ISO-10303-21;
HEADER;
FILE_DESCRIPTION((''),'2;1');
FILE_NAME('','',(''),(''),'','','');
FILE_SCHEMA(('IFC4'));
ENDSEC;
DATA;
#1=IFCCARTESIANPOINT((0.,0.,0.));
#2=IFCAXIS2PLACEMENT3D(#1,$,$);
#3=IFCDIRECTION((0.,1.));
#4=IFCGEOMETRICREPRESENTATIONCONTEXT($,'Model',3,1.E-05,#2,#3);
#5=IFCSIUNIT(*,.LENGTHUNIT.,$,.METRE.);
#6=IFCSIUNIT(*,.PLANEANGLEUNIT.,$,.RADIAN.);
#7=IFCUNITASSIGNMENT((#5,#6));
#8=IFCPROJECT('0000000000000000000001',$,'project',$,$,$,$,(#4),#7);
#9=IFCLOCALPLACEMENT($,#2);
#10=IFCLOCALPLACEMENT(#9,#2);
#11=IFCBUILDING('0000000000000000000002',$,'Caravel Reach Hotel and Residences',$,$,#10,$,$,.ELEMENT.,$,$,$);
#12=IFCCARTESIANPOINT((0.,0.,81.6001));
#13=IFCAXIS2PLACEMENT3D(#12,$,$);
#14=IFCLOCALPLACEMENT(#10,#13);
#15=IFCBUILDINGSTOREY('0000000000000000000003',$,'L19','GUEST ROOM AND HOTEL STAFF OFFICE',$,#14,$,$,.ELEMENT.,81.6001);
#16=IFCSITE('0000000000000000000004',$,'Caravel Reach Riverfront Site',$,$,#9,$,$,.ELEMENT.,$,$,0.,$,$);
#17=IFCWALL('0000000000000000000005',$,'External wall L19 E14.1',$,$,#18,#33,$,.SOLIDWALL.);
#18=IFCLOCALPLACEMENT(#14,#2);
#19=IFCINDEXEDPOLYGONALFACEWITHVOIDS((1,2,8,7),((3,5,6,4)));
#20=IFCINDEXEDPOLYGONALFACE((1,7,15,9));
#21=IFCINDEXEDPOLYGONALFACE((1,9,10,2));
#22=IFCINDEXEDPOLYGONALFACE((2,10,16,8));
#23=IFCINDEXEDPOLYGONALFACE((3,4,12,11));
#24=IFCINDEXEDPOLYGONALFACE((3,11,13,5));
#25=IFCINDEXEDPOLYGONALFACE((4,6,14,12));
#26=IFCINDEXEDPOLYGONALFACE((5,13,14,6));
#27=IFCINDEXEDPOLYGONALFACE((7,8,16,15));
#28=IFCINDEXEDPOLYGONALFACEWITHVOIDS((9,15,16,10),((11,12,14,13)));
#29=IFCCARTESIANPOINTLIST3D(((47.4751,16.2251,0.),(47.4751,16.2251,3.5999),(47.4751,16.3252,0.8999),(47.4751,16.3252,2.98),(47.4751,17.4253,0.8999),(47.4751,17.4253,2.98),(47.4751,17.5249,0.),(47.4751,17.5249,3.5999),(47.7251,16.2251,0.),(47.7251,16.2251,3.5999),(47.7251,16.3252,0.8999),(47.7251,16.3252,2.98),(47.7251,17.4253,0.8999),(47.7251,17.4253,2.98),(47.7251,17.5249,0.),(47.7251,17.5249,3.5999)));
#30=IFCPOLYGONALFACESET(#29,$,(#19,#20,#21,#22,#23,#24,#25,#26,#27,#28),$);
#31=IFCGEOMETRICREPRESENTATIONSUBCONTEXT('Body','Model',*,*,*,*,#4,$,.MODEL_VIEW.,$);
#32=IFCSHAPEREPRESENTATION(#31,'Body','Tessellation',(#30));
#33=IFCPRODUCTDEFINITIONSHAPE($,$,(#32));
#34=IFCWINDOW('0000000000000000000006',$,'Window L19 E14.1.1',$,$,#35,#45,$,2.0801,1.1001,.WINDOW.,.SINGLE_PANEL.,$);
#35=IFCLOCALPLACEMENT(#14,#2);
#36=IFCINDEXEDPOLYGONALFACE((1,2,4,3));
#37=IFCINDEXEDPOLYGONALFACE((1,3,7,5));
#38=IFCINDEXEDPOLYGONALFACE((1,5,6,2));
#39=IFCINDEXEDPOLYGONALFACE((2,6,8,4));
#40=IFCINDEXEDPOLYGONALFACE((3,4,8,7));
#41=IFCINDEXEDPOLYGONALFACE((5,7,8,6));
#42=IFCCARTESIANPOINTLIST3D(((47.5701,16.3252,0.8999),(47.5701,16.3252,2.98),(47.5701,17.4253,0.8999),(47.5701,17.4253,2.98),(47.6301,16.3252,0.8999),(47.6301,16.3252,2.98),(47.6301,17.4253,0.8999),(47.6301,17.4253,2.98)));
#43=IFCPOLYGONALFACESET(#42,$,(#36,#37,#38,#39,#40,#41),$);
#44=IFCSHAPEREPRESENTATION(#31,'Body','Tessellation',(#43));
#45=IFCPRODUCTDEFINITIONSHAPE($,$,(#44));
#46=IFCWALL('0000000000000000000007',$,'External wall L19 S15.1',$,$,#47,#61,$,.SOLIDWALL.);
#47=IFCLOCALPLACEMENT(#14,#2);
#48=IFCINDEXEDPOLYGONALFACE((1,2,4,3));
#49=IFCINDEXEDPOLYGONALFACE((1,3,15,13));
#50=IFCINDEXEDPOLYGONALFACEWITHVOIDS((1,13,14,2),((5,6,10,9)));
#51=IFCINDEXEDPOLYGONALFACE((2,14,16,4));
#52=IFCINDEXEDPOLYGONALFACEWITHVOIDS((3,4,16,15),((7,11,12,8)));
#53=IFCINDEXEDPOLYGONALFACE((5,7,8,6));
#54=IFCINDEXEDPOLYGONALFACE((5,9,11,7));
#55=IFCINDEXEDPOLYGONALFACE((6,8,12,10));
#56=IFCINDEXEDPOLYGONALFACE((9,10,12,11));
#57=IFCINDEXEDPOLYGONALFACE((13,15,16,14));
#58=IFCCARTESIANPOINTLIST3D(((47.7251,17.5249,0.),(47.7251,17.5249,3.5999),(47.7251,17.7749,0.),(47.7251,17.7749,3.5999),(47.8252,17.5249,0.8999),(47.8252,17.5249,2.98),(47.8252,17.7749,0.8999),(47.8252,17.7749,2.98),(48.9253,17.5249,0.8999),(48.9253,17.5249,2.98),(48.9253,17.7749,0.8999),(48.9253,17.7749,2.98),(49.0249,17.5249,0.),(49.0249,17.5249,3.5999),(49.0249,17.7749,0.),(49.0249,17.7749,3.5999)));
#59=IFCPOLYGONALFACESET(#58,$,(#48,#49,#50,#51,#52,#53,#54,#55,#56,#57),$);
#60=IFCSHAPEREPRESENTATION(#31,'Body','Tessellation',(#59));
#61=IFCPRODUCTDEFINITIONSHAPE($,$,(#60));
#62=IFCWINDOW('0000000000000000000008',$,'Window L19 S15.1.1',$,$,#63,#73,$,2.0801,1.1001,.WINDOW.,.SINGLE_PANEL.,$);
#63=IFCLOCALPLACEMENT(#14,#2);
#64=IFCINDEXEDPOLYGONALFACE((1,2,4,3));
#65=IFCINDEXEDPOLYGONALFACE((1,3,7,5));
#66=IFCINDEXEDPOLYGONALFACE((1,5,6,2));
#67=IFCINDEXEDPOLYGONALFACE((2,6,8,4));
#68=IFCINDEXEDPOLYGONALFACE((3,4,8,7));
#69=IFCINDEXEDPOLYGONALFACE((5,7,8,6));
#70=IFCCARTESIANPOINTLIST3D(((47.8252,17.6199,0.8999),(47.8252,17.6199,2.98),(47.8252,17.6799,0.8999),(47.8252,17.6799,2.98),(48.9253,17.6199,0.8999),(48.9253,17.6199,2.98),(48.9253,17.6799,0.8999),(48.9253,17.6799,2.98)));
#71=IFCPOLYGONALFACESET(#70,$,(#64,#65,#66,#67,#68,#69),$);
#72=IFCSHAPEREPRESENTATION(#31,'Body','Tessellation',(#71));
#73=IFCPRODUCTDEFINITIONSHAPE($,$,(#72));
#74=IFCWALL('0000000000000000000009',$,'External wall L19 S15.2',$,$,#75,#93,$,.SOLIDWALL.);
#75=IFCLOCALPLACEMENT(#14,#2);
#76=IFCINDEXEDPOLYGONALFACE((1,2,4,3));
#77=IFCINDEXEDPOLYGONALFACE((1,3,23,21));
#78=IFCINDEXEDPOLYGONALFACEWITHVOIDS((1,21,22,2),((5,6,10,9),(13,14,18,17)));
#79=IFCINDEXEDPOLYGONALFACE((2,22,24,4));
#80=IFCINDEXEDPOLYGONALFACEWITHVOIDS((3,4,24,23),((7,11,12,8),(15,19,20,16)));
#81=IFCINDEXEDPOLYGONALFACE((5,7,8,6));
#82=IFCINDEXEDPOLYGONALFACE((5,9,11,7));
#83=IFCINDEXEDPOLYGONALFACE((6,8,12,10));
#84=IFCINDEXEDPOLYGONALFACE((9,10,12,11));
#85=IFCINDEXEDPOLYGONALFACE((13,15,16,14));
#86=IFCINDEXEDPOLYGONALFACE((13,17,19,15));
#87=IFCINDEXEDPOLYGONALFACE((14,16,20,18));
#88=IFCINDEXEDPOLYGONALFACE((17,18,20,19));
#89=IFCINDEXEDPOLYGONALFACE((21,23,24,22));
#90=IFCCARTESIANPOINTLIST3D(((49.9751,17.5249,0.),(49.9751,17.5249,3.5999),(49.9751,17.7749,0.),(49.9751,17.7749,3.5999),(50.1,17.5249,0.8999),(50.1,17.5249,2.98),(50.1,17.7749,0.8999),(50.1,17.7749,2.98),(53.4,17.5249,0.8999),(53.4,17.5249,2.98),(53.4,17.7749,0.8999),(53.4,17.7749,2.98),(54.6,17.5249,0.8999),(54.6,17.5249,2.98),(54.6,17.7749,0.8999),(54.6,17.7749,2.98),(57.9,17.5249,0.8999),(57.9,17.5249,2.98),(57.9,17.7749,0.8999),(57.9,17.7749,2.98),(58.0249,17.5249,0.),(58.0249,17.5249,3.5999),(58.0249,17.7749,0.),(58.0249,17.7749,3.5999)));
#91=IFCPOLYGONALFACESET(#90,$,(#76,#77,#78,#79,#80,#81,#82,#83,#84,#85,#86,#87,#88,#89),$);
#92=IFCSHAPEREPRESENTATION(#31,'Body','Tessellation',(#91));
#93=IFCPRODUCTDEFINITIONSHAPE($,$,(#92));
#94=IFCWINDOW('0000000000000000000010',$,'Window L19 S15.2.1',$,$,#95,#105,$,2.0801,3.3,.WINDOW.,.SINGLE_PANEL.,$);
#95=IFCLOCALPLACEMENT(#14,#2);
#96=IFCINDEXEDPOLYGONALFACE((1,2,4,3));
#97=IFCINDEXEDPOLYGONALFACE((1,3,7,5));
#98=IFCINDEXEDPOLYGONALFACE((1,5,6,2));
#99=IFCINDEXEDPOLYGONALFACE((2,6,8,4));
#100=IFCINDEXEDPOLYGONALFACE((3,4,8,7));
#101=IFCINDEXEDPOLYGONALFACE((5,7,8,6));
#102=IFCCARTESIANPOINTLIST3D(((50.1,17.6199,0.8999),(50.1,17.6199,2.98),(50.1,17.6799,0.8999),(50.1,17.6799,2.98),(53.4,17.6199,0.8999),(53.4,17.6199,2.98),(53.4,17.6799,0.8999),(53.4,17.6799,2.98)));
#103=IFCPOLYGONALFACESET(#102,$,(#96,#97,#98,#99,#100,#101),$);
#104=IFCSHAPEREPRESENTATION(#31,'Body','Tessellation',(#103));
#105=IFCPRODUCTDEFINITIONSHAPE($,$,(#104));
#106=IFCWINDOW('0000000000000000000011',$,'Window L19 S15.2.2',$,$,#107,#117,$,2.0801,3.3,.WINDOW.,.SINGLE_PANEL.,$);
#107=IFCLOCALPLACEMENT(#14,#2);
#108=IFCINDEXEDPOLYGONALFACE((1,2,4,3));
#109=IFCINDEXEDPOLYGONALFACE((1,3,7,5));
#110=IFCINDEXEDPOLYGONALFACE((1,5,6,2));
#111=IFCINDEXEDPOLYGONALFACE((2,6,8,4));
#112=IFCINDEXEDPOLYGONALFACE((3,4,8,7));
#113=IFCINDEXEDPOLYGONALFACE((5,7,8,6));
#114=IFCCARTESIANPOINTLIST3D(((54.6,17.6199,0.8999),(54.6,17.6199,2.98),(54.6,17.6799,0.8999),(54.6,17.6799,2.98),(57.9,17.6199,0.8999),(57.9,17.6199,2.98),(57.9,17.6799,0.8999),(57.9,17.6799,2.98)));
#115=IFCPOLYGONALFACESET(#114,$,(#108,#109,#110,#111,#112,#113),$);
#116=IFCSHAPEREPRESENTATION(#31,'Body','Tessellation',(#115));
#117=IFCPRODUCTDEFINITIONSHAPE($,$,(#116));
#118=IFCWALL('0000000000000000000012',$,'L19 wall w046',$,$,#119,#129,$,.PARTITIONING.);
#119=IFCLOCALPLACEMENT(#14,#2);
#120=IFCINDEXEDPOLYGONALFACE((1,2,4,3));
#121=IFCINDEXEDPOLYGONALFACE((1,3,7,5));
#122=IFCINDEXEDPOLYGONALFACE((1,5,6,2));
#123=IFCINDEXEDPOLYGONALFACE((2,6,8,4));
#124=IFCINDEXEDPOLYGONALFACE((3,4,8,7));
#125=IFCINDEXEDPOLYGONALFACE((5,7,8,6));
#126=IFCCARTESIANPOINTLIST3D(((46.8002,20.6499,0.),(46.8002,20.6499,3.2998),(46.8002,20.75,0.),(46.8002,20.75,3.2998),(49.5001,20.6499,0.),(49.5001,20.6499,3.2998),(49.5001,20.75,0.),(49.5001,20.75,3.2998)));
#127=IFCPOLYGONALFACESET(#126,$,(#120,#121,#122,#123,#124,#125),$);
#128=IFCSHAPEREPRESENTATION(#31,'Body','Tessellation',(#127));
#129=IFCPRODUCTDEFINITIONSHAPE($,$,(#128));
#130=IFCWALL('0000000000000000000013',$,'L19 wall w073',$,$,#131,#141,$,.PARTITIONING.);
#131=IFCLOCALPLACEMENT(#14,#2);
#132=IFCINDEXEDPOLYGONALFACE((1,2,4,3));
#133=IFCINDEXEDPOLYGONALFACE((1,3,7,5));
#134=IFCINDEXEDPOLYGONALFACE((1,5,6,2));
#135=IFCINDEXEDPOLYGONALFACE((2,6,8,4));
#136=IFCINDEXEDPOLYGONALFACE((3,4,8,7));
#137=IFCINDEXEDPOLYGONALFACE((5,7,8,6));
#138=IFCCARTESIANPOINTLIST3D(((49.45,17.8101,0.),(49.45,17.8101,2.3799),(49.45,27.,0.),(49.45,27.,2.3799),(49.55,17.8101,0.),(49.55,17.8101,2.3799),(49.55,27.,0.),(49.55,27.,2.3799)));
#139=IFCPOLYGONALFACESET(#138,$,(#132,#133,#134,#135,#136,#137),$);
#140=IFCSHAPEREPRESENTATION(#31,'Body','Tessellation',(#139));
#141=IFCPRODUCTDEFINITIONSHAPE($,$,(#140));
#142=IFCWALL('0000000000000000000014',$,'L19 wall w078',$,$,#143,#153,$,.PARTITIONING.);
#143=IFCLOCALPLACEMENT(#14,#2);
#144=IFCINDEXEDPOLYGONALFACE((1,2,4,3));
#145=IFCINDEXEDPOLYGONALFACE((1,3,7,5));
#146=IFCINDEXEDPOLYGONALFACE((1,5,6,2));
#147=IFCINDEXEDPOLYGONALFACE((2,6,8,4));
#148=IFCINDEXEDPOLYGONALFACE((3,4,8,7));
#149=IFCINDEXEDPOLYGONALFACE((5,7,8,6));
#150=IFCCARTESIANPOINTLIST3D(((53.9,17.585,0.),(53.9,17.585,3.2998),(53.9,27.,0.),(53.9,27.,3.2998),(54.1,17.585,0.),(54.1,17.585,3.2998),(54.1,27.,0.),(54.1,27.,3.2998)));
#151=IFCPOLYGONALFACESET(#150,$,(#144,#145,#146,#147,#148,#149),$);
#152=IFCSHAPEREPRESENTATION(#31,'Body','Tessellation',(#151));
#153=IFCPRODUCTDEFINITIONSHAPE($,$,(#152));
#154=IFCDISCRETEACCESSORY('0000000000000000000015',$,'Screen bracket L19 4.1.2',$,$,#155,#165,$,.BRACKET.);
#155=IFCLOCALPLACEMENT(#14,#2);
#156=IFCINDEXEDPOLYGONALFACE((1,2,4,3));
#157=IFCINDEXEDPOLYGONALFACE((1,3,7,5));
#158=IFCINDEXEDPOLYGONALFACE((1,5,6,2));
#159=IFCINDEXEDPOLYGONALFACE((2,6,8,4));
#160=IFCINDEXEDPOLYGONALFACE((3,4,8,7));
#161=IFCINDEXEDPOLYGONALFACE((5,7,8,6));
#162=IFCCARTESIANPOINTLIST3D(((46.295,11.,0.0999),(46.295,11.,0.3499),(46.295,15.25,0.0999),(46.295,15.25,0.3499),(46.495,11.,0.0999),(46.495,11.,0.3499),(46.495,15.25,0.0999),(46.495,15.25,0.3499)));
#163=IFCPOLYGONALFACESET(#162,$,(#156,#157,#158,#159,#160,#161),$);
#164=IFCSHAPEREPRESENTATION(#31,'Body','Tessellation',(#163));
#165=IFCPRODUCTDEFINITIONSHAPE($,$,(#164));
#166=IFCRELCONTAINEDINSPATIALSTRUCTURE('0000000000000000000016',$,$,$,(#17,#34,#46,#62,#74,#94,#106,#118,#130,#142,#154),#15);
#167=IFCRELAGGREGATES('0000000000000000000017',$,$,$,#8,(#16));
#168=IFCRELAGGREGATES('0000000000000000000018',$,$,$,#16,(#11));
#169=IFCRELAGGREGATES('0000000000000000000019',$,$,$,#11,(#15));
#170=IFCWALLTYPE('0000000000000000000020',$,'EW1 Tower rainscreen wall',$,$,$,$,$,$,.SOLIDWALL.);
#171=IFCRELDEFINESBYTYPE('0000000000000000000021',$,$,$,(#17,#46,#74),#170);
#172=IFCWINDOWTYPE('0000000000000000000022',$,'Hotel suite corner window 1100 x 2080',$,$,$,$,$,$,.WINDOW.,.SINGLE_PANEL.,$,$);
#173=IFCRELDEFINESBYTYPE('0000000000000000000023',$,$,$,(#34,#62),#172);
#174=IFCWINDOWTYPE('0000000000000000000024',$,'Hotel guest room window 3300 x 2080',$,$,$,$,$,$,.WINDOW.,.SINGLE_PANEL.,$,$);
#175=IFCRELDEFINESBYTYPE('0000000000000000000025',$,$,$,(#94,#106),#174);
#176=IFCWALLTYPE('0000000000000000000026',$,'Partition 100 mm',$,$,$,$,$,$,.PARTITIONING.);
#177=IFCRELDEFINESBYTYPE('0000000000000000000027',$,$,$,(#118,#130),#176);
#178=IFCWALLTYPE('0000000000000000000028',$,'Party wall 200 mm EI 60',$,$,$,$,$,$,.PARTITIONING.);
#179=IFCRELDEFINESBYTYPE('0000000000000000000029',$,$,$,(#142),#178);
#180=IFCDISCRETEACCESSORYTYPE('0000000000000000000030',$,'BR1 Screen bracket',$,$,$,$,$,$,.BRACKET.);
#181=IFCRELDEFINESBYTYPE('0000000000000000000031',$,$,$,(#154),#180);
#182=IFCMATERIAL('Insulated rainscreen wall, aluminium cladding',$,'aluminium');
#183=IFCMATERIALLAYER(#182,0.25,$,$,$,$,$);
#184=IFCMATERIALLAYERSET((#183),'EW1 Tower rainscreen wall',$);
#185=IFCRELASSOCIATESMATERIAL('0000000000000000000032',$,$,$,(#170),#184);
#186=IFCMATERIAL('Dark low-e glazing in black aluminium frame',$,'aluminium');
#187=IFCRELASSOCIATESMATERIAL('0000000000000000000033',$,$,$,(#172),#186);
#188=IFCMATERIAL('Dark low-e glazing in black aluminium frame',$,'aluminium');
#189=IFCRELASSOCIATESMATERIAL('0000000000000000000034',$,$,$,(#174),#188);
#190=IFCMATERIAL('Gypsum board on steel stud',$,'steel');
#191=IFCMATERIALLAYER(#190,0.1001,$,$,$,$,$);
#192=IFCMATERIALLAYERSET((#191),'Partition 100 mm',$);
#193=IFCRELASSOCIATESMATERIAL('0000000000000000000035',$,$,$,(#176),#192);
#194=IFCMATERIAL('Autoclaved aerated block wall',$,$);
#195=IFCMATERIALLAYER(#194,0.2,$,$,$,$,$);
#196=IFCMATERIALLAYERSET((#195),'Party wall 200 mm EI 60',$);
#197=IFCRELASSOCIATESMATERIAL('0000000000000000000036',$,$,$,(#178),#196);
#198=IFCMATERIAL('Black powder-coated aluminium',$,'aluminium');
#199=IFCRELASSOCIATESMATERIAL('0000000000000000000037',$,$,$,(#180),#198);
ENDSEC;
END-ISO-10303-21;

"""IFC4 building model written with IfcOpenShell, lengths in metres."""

from ifc_helpers import new_model, si_unit, direction, frame, frame_2d, origin, origin_2d, place, context, subcontext, project, spatial, rectangle, extrude, material, layer, layer_set, type_object, element, fill, save


model = new_model("IFC4")

# Units and contexts
model_context = context("Model", 3, precision=1e-05, world=origin(), true_north=direction((0.0, 1.0)))
body_context = subcontext(model_context, "Body", "Model", "MODEL_VIEW")
ifc_project = project(units=[si_unit("LENGTHUNIT", "METRE"), si_unit("PLANEANGLEUNIT", "RADIAN")], contexts=[model_context])

# Site, building, storey
site_placement = place(None, origin())
site = spatial("IfcSite", under=ifc_project, at=site_placement, Name="Caravel Reach Riverfront Site", CompositionType="ELEMENT", RefElevation=0.0)
building_placement = place(site_placement, origin())
building = spatial("IfcBuilding", under=site, at=building_placement, Name="Caravel Reach Hotel and Residences", CompositionType="ELEMENT")
storey_placement = place(building_placement, frame((0.0, 0.0, 81.6001)))
storey = spatial("IfcBuildingStorey", under=building, at=storey_placement, Name="L19", Description="GUEST ROOM AND HOTEL STAFF OFFICE", CompositionType="ELEMENT", Elevation=81.6001)

# Walls, openings, windows
ifc_material_1 = material(Name="Insulated rainscreen wall, aluminium cladding", Category="aluminium")
ifc_layer_1 = layer(ifc_material_1, 0.25)
ifc_layer_set_1 = layer_set([ifc_layer_1], Name="EW1 Tower rainscreen wall")
wall_type_1 = type_object("IfcWallType", Name="EW1 Tower rainscreen wall", PredefinedType="SOLIDWALL", material=ifc_layer_set_1)
ifc_material_2 = material(Name="Dark low-e glazing in black aluminium frame", Category="aluminium")
window_type_1 = type_object("IfcWindowType", Name="Hotel suite corner window 1100 x 2080", PartitioningType="SINGLE_PANEL", PredefinedType="WINDOW", material=ifc_material_2)
wall_1_placement = place(storey_placement, frame((47.6001, 16.2251, 0.0), z_axis=(0.0, 0.0, 1.0), x_axis=(0.0, 1.0, 0.0)))
wall_1 = element("IfcWall", 1, at=wall_1_placement, inside=storey, type_object=wall_type_1, Name="External wall L19 E14.1", PredefinedType="SOLIDWALL", context=body_context, shape_type="SweptSolid", body=[
    extrude(rectangle(XDim=1.2998, YDim=0.25, at=frame_2d((0.6499, 0.0))), origin(), (0.0, 0.0, 1.0), 3.5999),
])
opening_1_placement = place(wall_1_placement, frame((0.1001, 0.0, 0.8999)))
opening_1 = element("IfcOpeningElement", 2, at=opening_1_placement, cuts=wall_1, PredefinedType="OPENING", context=body_context, shape_type="SweptSolid", body=[
    extrude(rectangle(XDim=1.1001, YDim=2.0801, at=frame_2d((0.55, 1.04))), frame((0.0, 0.135, 0.0), z_axis=(0.0, -1.0, 0.0), x_axis=(1.0, 0.0, 0.0)), (0.0, 0.0, 1.0), 0.27),
])
window_1_placement = place(opening_1_placement, origin())
window_1 = element("IfcWindow", 3, at=window_1_placement, inside=storey, type_object=window_type_1, Name="Window L19 E14.1.1", OverallHeight=2.0801, OverallWidth=1.1001, PartitioningType="SINGLE_PANEL", PredefinedType="WINDOW", context=body_context, shape_type="SweptSolid", body=[
    extrude(rectangle(XDim=1.1001, YDim=2.0801, at=frame_2d((0.55, 1.04))), frame((0.0, 0.03, 0.0), z_axis=(0.0, -1.0, 0.0), x_axis=(1.0, 0.0, 0.0)), (0.0, 0.0, 1.0), 0.0601),
])
fill(opening_1, window_1)
wall_2_placement = place(storey_placement, frame((47.7251, 17.6499, 0.0), z_axis=(0.0, 0.0, 1.0), x_axis=(1.0, 0.0, 0.0)))
wall_2 = element("IfcWall", 4, at=wall_2_placement, inside=storey, type_object=wall_type_1, Name="External wall L19 S15.1", PredefinedType="SOLIDWALL", context=body_context, shape_type="SweptSolid", body=[
    extrude(rectangle(XDim=1.2998, YDim=0.25, at=frame_2d((0.6499, 0.0))), origin(), (0.0, 0.0, 1.0), 3.5999),
])
opening_2_placement = place(wall_2_placement, frame((0.1001, 0.0, 0.8999)))
opening_2 = element("IfcOpeningElement", 5, at=opening_2_placement, cuts=wall_2, PredefinedType="OPENING", context=body_context, shape_type="SweptSolid", body=[
    extrude(rectangle(XDim=1.1001, YDim=2.0801, at=frame_2d((0.55, 1.04))), frame((0.0, 0.135, 0.0), z_axis=(0.0, -1.0, 0.0), x_axis=(1.0, 0.0, 0.0)), (0.0, 0.0, 1.0), 0.27),
])
window_2_placement = place(opening_2_placement, origin())
window_2 = element("IfcWindow", 6, at=window_2_placement, inside=storey, type_object=window_type_1, Name="Window L19 S15.1.1", OverallHeight=2.0801, OverallWidth=1.1001, PartitioningType="SINGLE_PANEL", PredefinedType="WINDOW", context=body_context, shape_type="SweptSolid", body=[
    extrude(rectangle(XDim=1.1001, YDim=2.0801, at=frame_2d((0.55, 1.04))), frame((0.0, 0.03, 0.0), z_axis=(0.0, -1.0, 0.0), x_axis=(1.0, 0.0, 0.0)), (0.0, 0.0, 1.0), 0.0601),
])
fill(opening_2, window_2)

# Wall, openings, windows
wall_3_placement = place(storey_placement, frame((49.9751, 17.6499, 0.0), z_axis=(0.0, 0.0, 1.0), x_axis=(1.0, 0.0, 0.0)))
wall_3 = element("IfcWall", 7, at=wall_3_placement, inside=storey, type_object=wall_type_1, Name="External wall L19 S15.2", PredefinedType="SOLIDWALL", context=body_context, shape_type="SweptSolid", body=[
    extrude(rectangle(XDim=8.0498, YDim=0.25, at=frame_2d((4.0249, 0.0))), origin(), (0.0, 0.0, 1.0), 3.5999),
])
opening_3_placement = place(wall_3_placement, frame((0.125, 0.0, 0.8999)))
opening_3 = element("IfcOpeningElement", 8, at=opening_3_placement, cuts=wall_3, PredefinedType="OPENING", context=body_context, shape_type="SweptSolid", body=[
    extrude(rectangle(XDim=3.3, YDim=2.0801, at=frame_2d((1.6499, 1.04))), frame((0.0, 0.135, 0.0), z_axis=(0.0, -1.0, 0.0), x_axis=(1.0, 0.0, 0.0)), (0.0, 0.0, 1.0), 0.27),
])
opening_4_placement = place(wall_3_placement, frame((4.625, 0.0, 0.8999)))
opening_4 = element("IfcOpeningElement", 9, at=opening_4_placement, cuts=wall_3, PredefinedType="OPENING", context=body_context, shape_type="SweptSolid", body=[
    extrude(rectangle(XDim=3.3, YDim=2.0801, at=frame_2d((1.6499, 1.04))), frame((0.0, 0.135, 0.0), z_axis=(0.0, -1.0, 0.0), x_axis=(1.0, 0.0, 0.0)), (0.0, 0.0, 1.0), 0.27),
])
ifc_material_3 = material(Name="Dark low-e glazing in black aluminium frame", Category="aluminium")
window_type_2 = type_object("IfcWindowType", Name="Hotel guest room window 3300 x 2080", PartitioningType="SINGLE_PANEL", PredefinedType="WINDOW", material=ifc_material_3)
window_3_placement = place(opening_3_placement, origin())
window_3 = element("IfcWindow", 10, at=window_3_placement, inside=storey, type_object=window_type_2, Name="Window L19 S15.2.1", OverallHeight=2.0801, OverallWidth=3.3, PartitioningType="SINGLE_PANEL", PredefinedType="WINDOW", context=body_context, shape_type="SweptSolid", body=[
    extrude(rectangle(XDim=3.3, YDim=2.0801, at=frame_2d((1.6499, 1.04))), frame((0.0, 0.03, 0.0), z_axis=(0.0, -1.0, 0.0), x_axis=(1.0, 0.0, 0.0)), (0.0, 0.0, 1.0), 0.0601),
])
fill(opening_3, window_3)
window_4_placement = place(opening_4_placement, origin())
window_4 = element("IfcWindow", 11, at=window_4_placement, inside=storey, type_object=window_type_2, Name="Window L19 S15.2.2", OverallHeight=2.0801, OverallWidth=3.3, PartitioningType="SINGLE_PANEL", PredefinedType="WINDOW", context=body_context, shape_type="SweptSolid", body=[
    extrude(rectangle(XDim=3.3, YDim=2.0801, at=frame_2d((1.6499, 1.04))), frame((0.0, 0.03, 0.0), z_axis=(0.0, -1.0, 0.0), x_axis=(1.0, 0.0, 0.0)), (0.0, 0.0, 1.0), 0.0601),
])
fill(opening_4, window_4)

# Walls
ifc_material_4 = material(Name="Gypsum board on steel stud", Category="steel")
ifc_layer_2 = layer(ifc_material_4, 0.1001)
ifc_layer_set_2 = layer_set([ifc_layer_2], Name="Partition 100 mm")
wall_type_2 = type_object("IfcWallType", Name="Partition 100 mm", PredefinedType="PARTITIONING", material=ifc_layer_set_2)
wall_4_placement = place(storey_placement, frame((46.8, 20.7, 0.0), z_axis=(0.0, 0.0, 1.0), x_axis=(1.0, 0.0, 0.0)))
element("IfcWall", 12, at=wall_4_placement, inside=storey, type_object=wall_type_2, Name="L19 wall w046", PredefinedType="PARTITIONING", context=body_context, shape_type="SweptSolid", body=[
    extrude(rectangle(XDim=2.7, YDim=0.1001, at=frame_2d((1.3501, 0.0))), origin(), (0.0, 0.0, 1.0), 3.2998),
])
wall_5_placement = place(storey_placement, frame((49.5, 17.8101, 0.0), z_axis=(0.0, 0.0, 1.0), x_axis=(0.0, 1.0, 0.0)))
element("IfcWall", 13, at=wall_5_placement, inside=storey, type_object=wall_type_2, Name="L19 wall w073", PredefinedType="PARTITIONING", context=body_context, shape_type="SweptSolid", body=[
    extrude(rectangle(XDim=9.1899, YDim=0.1001, at=frame_2d((4.595, 0.0))), origin(), (0.0, 0.0, 1.0), 2.3799),
])
ifc_material_5 = material(Name="Autoclaved aerated block wall")
ifc_layer_3 = layer(ifc_material_5, 0.2)
ifc_layer_set_3 = layer_set([ifc_layer_3], Name="Party wall 200 mm EI 60")
wall_type_3 = type_object("IfcWallType", Name="Party wall 200 mm EI 60", PredefinedType="PARTITIONING", material=ifc_layer_set_3)
wall_6_placement = place(storey_placement, frame((54.0, 17.585, 0.0), z_axis=(0.0, 0.0, 1.0), x_axis=(0.0, 1.0, 0.0)))
element("IfcWall", 14, at=wall_6_placement, inside=storey, type_object=wall_type_3, Name="L19 wall w078", PredefinedType="PARTITIONING", context=body_context, shape_type="SweptSolid", body=[
    extrude(rectangle(XDim=9.415, YDim=0.2, at=frame_2d((4.7075, 0.0))), origin(), (0.0, 0.0, 1.0), 3.2998),
])

# Discrete accessory
ifc_material_6 = material(Name="Black powder-coated aluminium", Category="aluminium")
discrete_accessory_type = type_object("IfcDiscreteAccessoryType", Name="BR1 Screen bracket", PredefinedType="BRACKET", material=ifc_material_6)
discrete_accessory_placement = place(storey_placement, frame((46.395, 13.125, 0.0999), z_axis=(0.0, 0.0, 1.0), x_axis=(0.0, -1.0, 0.0)))
element("IfcDiscreteAccessory", 15, at=discrete_accessory_placement, inside=storey, type_object=discrete_accessory_type, Name="Screen bracket L19 4.1.2", PredefinedType="BRACKET", context=body_context, shape_type="SweptSolid", body=[
    extrude(rectangle(XDim=4.25, YDim=0.2, at=origin_2d()), origin(), (0.0, 0.0, 1.0), 0.25),
])

save(model, "model.ifc")
